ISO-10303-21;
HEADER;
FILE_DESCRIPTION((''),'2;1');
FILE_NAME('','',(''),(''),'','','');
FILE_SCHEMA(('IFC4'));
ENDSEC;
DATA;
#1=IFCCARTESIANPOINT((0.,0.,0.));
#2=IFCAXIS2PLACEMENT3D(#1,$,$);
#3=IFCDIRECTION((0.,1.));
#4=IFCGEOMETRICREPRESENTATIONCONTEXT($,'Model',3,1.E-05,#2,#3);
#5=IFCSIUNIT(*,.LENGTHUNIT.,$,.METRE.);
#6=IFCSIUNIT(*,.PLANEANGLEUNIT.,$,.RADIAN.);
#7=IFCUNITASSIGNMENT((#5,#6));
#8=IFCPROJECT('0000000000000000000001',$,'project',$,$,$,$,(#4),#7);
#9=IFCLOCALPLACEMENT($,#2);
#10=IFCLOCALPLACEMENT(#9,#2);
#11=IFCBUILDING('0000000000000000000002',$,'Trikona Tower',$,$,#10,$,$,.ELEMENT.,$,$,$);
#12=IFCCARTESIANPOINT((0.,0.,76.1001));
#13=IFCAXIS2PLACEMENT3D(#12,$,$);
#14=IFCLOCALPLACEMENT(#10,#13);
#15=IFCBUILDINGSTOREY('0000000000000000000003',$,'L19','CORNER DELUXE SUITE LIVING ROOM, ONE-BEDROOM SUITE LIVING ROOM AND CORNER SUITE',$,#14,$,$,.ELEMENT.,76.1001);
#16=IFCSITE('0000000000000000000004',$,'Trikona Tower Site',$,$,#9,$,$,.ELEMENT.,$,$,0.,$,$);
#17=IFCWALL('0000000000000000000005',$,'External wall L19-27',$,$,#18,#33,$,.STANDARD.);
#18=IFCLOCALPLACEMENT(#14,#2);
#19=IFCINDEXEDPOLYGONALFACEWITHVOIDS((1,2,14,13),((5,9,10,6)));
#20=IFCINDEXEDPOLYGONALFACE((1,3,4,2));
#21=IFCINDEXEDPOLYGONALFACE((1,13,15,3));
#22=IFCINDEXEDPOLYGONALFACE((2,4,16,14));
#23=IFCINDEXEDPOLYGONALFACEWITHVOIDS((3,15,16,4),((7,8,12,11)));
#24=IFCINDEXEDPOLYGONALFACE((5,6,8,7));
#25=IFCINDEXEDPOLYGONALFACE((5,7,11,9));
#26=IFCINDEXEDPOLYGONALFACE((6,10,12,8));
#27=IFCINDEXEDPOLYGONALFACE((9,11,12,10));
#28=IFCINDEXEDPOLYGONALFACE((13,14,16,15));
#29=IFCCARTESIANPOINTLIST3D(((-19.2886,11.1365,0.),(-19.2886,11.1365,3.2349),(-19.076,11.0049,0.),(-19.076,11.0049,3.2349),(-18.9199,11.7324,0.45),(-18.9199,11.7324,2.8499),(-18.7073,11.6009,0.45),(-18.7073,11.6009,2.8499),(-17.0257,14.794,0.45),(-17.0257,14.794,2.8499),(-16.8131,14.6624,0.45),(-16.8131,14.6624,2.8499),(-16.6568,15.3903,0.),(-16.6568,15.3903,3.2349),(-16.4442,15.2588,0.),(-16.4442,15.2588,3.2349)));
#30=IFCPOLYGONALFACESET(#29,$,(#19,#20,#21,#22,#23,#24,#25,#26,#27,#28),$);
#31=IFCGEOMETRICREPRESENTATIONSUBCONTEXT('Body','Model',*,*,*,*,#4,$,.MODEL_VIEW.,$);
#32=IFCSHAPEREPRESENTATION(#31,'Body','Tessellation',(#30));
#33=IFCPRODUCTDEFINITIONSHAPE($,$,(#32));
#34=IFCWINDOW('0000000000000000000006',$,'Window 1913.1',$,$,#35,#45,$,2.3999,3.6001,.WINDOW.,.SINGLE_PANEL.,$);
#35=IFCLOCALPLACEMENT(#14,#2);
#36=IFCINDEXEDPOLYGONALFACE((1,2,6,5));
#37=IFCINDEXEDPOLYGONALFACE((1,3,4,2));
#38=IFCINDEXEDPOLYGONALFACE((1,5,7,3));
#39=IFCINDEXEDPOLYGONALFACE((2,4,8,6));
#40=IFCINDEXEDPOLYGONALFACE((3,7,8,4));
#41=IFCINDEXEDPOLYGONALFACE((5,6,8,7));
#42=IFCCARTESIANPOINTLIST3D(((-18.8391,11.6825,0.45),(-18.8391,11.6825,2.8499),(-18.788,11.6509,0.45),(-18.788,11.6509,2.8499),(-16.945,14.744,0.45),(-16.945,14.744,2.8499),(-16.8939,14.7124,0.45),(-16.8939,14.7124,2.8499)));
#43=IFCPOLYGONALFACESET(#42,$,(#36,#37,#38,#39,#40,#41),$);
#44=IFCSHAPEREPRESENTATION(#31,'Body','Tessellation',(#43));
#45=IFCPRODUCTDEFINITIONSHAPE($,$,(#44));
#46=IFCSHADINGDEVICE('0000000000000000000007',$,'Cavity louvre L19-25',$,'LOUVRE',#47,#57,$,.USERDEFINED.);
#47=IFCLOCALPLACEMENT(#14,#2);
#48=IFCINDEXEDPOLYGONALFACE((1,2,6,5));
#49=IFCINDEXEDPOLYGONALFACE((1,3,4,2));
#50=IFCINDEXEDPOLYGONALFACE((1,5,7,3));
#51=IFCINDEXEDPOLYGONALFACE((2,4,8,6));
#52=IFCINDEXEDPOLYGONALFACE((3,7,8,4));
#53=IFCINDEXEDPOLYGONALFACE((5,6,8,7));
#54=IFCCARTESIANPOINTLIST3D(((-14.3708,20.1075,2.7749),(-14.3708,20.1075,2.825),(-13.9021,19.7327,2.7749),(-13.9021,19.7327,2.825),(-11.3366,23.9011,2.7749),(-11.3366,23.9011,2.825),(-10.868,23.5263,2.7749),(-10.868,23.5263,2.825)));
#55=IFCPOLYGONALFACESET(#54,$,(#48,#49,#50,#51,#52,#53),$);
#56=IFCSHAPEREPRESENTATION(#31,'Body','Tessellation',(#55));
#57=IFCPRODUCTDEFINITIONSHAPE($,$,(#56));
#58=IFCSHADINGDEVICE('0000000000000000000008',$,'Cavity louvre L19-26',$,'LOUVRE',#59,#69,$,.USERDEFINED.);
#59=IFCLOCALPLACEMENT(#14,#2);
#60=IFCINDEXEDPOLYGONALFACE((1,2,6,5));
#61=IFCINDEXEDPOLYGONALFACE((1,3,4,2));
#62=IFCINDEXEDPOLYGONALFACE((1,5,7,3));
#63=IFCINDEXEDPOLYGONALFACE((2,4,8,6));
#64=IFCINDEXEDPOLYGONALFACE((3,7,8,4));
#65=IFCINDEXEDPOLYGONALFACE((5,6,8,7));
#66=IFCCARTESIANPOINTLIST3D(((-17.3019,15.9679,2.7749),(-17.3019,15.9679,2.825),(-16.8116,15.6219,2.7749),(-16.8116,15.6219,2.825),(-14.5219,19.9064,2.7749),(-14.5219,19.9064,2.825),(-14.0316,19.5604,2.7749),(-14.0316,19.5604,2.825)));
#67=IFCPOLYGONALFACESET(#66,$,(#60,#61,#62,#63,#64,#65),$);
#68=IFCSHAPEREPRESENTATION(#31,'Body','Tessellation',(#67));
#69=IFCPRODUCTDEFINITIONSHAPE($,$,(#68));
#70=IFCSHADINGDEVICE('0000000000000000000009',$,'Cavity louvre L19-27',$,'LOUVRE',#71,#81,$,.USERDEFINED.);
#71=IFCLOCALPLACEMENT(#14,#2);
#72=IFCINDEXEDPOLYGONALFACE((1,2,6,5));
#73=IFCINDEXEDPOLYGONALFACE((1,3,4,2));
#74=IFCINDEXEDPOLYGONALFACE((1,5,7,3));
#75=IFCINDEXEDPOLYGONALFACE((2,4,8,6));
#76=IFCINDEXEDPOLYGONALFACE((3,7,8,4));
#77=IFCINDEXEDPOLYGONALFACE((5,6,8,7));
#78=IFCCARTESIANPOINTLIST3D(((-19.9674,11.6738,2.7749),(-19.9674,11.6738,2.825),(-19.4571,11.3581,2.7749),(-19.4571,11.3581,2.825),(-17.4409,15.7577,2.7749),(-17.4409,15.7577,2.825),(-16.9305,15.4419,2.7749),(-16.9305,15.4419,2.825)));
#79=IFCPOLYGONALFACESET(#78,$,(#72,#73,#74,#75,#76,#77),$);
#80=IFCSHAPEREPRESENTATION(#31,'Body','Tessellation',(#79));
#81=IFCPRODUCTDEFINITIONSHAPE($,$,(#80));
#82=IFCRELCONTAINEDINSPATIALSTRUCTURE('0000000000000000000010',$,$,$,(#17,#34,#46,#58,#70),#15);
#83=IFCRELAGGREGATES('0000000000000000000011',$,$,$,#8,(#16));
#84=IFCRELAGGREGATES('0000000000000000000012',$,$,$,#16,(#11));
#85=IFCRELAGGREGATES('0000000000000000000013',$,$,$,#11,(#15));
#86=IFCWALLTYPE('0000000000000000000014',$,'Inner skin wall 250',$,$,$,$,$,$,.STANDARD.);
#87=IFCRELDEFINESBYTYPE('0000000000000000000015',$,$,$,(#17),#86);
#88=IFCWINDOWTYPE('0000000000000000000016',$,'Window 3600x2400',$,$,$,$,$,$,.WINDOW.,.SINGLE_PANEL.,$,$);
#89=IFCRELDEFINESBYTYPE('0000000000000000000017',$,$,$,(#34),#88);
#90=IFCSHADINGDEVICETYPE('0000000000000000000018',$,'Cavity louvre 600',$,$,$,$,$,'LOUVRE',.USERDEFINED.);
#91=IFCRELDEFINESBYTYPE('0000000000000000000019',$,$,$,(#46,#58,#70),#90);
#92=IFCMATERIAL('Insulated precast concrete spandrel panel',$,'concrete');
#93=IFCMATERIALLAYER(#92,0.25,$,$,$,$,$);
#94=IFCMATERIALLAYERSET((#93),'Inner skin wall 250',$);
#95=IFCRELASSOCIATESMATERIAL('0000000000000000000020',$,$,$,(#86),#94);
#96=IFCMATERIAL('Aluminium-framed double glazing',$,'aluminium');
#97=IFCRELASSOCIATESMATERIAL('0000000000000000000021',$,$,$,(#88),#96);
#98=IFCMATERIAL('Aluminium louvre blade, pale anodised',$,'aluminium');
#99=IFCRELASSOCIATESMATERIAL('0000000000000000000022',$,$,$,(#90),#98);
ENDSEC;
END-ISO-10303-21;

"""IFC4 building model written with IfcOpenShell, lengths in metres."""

from ifc_helpers import new_model, si_unit, direction, frame, frame_2d, origin, origin_2d, place, context, subcontext, project, spatial, rectangle, extrude, material, layer, layer_set, type_object, element, fill, save


model = new_model("IFC4")

# Units and contexts
model_context = context("Model", 3, precision=1e-05, world=origin(), true_north=direction((0.0, 1.0)))
body_context = subcontext(model_context, "Body", "Model", "MODEL_VIEW")
ifc_project = project(units=[si_unit("LENGTHUNIT", "METRE"), si_unit("PLANEANGLEUNIT", "RADIAN")], contexts=[model_context])

# Site, building, storey
site_placement = place(None, origin())
site = spatial("IfcSite", under=ifc_project, at=site_placement, Name="Trikona Tower Site", CompositionType="ELEMENT", RefElevation=0.0)
building_placement = place(site_placement, origin())
building = spatial("IfcBuilding", under=site, at=building_placement, Name="Trikona Tower", CompositionType="ELEMENT")
storey_placement = place(building_placement, frame((0.0, 0.0, 76.1001)))
storey = spatial("IfcBuildingStorey", under=building, at=storey_placement, Name="L19", Description="CORNER DELUXE SUITE LIVING ROOM, ONE-BEDROOM SUITE LIVING ROOM AND CORNER SUITE", CompositionType="ELEMENT", Elevation=76.1001)

# Wall, opening, window
ifc_material_1 = material(Name="Insulated precast concrete spandrel panel", Category="concrete")
ifc_layer_1 = layer(ifc_material_1, 0.25)
ifc_layer_set_1 = layer_set([ifc_layer_1], Name="Inner skin wall 250")
wall_type = type_object("IfcWallType", Name="Inner skin wall 250", PredefinedType="STANDARD", material=ifc_layer_set_1)
ifc_material_2 = material(Name="Aluminium-framed double glazing", Category="aluminium")
window_type = type_object("IfcWindowType", Name="Window 3600x2400", PartitioningType="SINGLE_PANEL", PredefinedType="WINDOW", material=ifc_material_2)
wall_1_placement = place(storey_placement, frame((-16.5505, 15.3245, 0.0), z_axis=(0.0, 0.0, 1.0), x_axis=(-0.526133, -0.850402, 0.0)))
wall_1 = element("IfcWall", 1, at=wall_1_placement, inside=storey, type_object=wall_type, Name="External wall L19-27", PredefinedType="STANDARD", context=body_context, shape_type="SweptSolid", body=[
    extrude(rectangle(XDim=5.0022, YDim=0.25, at=frame_2d((2.501, 0.0))), origin(), (0.0, 0.0, 1.0), 3.2349),
])
opening_1_placement = place(wall_1_placement, frame((0.7012, 0.0, 0.45)))
opening_1 = element("IfcOpeningElement", 2, at=opening_1_placement, cuts=wall_1, PredefinedType="OPENING", context=body_context, shape_type="SweptSolid", body=[
    extrude(rectangle(XDim=3.6001, YDim=2.3999, at=frame_2d((1.8, 1.2))), frame((0.0, 0.135, 0.0), z_axis=(0.0, -1.0, 0.0), x_axis=(1.0, 0.0, 0.0)), (0.0, 0.0, 1.0), 0.27),
])
window_1_placement = place(opening_1_placement, origin())
window_1 = element("IfcWindow", 3, at=window_1_placement, inside=storey, type_object=window_type, Name="Window 1913.1", OverallHeight=2.3999, OverallWidth=3.6001, PartitioningType="SINGLE_PANEL", PredefinedType="WINDOW", context=body_context, shape_type="SweptSolid", body=[
    extrude(rectangle(XDim=3.6001, YDim=2.3999, at=frame_2d((1.8, 1.2))), frame((0.0, 0.03, 0.0), z_axis=(0.0, -1.0, 0.0), x_axis=(1.0, 0.0, 0.0)), (0.0, 0.0, 1.0), 0.0601),
])
fill(opening_1, window_1)

# Shading devices
ifc_material_3 = material(Name="Aluminium louvre blade, pale anodised", Category="aluminium")
shading_device_type = type_object("IfcShadingDeviceType", Name="Cavity louvre 600", ElementType="LOUVRE", PredefinedType="USERDEFINED", material=ifc_material_3)
shading_device_1_placement = place(storey_placement, frame((-12.6194, 21.8169, 2.7749), z_axis=(0.0, 0.0, 1.0), x_axis=(-0.624604, -0.780942, 0.0)))
element("IfcShadingDevice", 4, at=shading_device_1_placement, inside=storey, type_object=shading_device_type, Name="Cavity louvre L19-25", ObjectType="LOUVRE", PredefinedType="USERDEFINED", context=body_context, shape_type="SweptSolid", body=[
    extrude(rectangle(XDim=4.8577, YDim=0.6001, at=origin_2d()), origin(), (0.0, 0.0, 1.0), 0.05),
])
shading_device_2_placement = place(storey_placement, frame((-15.6667, 17.7642, 2.7749), z_axis=(0.0, 0.0, 1.0), x_axis=(-0.576662, -0.816983, 0.0)))
element("IfcShadingDevice", 5, at=shading_device_2_placement, inside=storey, type_object=shading_device_type, Name="Cavity louvre L19-26", ObjectType="LOUVRE", PredefinedType="USERDEFINED", context=body_context, shape_type="SweptSolid", body=[
    extrude(rectangle(XDim=4.8208, YDim=0.6001, at=origin_2d()), origin(), (0.0, 0.0, 1.0), 0.05),
])
shading_device_3_placement = place(storey_placement, frame((-18.449, 13.5579, 2.7749), z_axis=(0.0, 0.0, 1.0), x_axis=(-0.526119, -0.850411, 0.0)))
element("IfcShadingDevice", 6, at=shading_device_3_placement, inside=storey, type_object=shading_device_type, Name="Cavity louvre L19-27", ObjectType="LOUVRE", PredefinedType="USERDEFINED", context=body_context, shape_type="SweptSolid", body=[
    extrude(rectangle(XDim=4.8022, YDim=0.6001, at=origin_2d()), origin(), (0.0, 0.0, 1.0), 0.05),
])

save(model, "model.ifc")
